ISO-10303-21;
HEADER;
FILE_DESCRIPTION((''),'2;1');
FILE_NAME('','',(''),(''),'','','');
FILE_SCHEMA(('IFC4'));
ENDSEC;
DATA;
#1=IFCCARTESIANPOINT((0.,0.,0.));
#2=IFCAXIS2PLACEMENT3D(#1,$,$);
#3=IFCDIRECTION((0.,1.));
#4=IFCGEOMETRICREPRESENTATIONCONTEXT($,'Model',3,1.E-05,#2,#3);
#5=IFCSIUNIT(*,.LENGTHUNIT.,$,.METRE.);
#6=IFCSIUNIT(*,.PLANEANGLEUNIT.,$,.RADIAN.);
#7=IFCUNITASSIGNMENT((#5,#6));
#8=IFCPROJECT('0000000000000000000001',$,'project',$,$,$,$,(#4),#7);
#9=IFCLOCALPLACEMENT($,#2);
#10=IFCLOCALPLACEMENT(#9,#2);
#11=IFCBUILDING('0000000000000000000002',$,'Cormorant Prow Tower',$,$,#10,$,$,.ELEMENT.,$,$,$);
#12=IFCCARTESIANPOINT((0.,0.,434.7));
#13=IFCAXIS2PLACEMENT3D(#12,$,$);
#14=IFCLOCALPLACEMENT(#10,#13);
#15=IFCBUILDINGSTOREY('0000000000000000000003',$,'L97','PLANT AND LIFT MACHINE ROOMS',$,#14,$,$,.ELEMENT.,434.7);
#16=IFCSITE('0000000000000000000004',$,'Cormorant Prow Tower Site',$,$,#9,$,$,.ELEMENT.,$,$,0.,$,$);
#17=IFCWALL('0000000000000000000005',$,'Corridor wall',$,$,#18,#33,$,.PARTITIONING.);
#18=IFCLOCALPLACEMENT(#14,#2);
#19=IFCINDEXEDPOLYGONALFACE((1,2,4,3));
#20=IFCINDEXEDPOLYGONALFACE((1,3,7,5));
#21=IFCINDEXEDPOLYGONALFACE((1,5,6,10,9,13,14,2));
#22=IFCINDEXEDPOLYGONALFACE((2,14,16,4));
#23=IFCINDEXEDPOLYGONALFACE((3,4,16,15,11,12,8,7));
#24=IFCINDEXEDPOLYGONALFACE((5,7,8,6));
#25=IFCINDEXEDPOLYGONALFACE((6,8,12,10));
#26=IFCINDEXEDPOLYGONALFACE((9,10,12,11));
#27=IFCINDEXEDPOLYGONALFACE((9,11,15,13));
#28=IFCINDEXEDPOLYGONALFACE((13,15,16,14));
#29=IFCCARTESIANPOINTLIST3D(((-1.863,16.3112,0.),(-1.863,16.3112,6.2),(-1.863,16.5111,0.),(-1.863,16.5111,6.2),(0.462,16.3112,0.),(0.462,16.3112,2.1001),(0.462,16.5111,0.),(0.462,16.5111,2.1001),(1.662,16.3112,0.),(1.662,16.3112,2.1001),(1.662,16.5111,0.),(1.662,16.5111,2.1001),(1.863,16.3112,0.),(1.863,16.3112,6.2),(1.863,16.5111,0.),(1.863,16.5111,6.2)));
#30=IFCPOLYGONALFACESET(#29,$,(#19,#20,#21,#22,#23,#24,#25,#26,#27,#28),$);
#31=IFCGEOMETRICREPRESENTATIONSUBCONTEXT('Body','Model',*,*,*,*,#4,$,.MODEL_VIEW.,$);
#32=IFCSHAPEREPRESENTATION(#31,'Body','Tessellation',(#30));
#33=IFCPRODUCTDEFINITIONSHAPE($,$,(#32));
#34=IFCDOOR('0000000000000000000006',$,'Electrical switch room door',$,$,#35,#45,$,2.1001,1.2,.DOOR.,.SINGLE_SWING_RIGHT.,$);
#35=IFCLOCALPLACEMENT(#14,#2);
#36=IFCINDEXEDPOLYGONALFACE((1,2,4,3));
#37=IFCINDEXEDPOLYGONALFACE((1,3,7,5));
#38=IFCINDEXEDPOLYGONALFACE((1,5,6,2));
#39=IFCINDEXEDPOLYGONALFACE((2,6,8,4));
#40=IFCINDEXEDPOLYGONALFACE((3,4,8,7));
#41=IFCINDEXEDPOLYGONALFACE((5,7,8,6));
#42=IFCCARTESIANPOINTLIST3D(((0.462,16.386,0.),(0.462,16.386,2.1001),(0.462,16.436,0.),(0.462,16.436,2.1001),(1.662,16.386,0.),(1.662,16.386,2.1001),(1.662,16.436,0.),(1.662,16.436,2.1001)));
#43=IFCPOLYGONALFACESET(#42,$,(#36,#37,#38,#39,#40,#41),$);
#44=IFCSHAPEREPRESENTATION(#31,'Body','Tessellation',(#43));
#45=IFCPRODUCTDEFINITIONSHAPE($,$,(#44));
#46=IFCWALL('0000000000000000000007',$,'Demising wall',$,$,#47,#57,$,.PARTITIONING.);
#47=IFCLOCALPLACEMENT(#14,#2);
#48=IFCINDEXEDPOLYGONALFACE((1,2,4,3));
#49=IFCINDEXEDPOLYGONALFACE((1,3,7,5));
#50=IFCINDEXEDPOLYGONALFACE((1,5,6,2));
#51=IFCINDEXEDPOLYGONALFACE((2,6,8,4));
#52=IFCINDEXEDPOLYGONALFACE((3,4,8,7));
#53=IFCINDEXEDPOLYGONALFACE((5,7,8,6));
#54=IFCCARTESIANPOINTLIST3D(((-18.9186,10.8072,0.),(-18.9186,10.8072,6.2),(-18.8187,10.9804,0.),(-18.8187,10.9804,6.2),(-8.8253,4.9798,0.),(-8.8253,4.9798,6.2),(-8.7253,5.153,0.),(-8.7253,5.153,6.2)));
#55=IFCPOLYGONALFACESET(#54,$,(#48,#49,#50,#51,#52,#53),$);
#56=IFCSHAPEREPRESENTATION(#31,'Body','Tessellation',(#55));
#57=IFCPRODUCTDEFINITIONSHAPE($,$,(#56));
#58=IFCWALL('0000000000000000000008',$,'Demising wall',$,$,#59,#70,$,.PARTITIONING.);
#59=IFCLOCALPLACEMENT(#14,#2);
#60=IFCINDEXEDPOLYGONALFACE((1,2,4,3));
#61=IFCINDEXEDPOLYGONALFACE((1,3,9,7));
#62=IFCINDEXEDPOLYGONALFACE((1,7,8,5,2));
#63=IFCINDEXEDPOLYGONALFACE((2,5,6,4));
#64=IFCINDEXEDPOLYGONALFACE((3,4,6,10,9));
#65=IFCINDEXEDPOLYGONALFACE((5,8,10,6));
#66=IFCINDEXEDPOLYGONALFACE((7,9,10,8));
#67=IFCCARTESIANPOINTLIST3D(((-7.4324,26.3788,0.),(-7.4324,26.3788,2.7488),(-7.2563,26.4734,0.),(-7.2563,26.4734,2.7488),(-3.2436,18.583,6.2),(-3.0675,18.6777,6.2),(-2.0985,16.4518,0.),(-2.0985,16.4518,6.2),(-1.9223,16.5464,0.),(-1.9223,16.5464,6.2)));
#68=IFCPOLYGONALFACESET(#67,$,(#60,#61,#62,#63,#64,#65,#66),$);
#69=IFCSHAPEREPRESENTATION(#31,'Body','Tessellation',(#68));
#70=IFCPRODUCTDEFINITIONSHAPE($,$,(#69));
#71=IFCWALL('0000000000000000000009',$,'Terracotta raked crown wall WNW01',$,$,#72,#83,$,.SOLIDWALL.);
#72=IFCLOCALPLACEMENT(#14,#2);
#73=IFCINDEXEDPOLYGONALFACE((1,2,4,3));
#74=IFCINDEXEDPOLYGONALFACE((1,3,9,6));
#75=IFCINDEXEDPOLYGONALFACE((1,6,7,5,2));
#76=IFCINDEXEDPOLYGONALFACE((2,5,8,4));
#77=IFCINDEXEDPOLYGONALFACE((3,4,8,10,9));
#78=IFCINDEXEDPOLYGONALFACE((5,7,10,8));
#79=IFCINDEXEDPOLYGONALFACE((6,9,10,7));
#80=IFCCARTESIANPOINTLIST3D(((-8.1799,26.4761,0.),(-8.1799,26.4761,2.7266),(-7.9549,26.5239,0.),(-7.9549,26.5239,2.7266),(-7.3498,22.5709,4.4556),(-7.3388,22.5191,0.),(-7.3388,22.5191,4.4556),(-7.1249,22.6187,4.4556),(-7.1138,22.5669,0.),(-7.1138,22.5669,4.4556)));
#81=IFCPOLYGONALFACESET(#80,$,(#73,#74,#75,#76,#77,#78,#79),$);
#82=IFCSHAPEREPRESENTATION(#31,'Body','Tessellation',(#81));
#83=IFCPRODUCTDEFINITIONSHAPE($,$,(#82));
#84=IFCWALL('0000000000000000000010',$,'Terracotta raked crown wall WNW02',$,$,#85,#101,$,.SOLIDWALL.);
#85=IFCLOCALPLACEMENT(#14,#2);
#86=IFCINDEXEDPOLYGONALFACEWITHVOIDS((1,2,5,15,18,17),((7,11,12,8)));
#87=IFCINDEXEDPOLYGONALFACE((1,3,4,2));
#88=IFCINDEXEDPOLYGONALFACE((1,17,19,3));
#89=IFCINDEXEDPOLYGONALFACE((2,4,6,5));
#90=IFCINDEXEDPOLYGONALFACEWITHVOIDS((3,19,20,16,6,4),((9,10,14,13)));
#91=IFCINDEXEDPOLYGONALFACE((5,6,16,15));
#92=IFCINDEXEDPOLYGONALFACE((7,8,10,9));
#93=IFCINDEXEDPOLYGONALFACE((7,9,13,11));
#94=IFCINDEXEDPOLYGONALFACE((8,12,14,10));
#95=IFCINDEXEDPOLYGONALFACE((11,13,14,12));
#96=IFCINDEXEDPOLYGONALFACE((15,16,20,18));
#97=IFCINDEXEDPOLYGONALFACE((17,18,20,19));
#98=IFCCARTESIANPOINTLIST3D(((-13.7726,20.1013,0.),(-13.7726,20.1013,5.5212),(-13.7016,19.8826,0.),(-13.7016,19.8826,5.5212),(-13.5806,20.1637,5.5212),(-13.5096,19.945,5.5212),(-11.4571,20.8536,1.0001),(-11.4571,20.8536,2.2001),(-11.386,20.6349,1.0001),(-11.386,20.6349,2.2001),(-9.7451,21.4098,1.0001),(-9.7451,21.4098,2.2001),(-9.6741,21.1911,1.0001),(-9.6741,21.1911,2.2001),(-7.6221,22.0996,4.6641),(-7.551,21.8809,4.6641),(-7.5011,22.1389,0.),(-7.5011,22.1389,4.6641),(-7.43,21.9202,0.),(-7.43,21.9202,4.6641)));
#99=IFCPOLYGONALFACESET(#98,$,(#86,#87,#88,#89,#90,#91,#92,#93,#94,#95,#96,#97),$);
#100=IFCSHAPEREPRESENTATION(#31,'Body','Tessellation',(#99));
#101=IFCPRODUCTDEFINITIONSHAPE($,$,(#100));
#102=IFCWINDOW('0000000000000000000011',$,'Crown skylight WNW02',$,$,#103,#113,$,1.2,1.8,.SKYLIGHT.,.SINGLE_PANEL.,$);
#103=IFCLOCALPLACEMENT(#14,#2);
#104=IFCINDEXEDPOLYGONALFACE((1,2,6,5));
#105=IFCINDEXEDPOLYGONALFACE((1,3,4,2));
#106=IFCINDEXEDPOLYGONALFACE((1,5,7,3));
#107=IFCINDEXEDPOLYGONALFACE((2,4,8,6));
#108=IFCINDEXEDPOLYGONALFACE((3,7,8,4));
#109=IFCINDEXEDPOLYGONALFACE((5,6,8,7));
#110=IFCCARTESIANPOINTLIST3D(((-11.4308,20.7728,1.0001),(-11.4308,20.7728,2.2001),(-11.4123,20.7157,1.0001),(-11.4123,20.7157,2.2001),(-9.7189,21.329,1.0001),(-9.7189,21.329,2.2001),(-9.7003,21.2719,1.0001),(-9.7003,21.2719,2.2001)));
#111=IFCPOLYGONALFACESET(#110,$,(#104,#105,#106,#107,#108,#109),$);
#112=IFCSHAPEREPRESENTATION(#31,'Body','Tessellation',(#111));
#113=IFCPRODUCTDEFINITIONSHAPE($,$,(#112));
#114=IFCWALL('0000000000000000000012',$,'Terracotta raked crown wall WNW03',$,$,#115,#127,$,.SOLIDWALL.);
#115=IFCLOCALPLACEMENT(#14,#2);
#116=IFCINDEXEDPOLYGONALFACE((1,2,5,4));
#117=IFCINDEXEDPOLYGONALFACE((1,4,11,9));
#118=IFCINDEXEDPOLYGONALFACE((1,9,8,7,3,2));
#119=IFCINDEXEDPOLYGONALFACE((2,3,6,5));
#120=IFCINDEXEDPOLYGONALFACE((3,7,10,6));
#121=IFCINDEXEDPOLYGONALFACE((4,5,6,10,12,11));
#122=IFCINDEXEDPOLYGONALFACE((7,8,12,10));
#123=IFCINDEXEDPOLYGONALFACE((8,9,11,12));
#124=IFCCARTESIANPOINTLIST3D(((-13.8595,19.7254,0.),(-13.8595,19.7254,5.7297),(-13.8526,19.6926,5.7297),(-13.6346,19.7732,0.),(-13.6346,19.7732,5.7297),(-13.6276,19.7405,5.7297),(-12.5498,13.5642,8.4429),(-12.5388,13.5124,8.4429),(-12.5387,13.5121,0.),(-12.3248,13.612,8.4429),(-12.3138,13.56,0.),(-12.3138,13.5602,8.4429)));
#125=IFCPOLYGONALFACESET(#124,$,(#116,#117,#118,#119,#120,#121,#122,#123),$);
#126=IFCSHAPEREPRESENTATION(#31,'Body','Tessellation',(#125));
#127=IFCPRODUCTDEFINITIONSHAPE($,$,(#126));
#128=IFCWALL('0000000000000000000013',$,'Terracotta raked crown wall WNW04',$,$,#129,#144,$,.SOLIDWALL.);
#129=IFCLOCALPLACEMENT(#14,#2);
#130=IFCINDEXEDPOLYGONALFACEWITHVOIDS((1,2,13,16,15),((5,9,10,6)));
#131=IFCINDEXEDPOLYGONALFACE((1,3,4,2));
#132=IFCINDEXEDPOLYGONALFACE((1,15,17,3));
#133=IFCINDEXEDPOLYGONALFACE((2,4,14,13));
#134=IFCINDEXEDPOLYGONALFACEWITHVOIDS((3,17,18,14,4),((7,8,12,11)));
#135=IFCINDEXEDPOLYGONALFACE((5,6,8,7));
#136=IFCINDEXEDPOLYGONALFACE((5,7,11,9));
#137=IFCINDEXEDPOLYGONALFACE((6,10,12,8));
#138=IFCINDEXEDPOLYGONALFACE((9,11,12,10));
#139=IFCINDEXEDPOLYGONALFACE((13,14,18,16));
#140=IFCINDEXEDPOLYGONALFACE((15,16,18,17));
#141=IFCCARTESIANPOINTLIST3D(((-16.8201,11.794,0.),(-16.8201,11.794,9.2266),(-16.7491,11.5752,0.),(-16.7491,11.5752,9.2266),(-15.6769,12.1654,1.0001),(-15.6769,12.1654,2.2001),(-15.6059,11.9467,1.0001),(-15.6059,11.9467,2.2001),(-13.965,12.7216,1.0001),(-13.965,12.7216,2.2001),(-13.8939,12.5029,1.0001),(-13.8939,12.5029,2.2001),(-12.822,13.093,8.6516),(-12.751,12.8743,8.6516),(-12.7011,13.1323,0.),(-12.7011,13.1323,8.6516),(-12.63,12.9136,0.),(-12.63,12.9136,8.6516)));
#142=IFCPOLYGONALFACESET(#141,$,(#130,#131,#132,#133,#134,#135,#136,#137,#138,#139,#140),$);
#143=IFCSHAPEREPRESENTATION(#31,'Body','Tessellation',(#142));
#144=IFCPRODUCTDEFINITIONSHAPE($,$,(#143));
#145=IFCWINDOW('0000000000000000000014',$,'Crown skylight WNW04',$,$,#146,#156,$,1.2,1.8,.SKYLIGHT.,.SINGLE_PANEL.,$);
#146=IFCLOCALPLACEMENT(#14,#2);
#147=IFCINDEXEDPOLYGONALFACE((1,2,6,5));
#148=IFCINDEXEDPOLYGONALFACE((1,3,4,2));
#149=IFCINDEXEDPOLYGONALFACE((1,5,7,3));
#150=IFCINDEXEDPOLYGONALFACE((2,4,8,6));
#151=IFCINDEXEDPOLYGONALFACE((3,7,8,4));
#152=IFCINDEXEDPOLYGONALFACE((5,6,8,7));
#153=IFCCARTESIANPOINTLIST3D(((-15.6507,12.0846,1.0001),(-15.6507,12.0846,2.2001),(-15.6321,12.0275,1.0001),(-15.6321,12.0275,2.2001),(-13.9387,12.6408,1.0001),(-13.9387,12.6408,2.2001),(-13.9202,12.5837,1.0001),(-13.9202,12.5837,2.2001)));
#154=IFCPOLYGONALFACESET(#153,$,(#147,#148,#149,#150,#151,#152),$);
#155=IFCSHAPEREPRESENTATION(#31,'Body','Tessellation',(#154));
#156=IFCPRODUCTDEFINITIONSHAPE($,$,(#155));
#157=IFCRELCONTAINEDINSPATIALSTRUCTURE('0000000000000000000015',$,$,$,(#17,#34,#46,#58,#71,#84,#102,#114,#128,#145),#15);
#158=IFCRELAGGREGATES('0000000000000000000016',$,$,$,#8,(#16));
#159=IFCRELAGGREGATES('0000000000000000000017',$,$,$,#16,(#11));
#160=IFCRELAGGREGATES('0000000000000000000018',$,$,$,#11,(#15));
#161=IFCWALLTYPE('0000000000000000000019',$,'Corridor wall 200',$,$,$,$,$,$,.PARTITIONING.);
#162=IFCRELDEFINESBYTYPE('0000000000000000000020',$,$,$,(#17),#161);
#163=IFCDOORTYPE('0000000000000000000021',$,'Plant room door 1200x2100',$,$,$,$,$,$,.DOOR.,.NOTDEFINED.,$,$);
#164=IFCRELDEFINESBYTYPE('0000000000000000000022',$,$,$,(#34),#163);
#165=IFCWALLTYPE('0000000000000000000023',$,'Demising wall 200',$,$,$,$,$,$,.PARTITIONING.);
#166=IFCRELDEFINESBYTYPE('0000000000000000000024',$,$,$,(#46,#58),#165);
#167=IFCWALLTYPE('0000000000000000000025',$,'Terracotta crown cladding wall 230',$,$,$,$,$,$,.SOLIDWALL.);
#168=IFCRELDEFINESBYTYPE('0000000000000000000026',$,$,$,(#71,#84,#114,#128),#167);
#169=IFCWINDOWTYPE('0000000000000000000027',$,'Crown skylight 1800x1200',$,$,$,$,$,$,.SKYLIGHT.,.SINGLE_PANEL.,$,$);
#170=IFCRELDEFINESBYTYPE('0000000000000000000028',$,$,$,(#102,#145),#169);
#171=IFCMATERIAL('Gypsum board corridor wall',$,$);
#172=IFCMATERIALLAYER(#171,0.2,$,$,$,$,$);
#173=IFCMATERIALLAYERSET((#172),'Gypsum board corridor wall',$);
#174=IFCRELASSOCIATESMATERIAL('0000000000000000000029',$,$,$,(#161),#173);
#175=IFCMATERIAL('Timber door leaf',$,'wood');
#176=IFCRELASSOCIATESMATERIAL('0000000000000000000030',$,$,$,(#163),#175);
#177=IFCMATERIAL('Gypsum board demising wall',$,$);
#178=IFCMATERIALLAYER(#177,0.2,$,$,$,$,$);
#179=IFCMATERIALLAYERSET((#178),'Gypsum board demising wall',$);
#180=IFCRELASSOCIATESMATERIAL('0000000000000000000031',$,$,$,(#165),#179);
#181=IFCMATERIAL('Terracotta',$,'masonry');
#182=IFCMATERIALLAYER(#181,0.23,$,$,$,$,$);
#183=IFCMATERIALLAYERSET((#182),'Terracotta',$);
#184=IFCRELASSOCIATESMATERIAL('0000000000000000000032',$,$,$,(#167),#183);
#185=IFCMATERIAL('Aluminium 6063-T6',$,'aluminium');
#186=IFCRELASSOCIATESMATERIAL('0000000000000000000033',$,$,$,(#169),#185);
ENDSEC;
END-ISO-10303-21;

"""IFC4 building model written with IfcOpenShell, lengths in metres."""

from ifc_helpers import new_model, si_unit, direction, frame, frame_2d, origin, place, context, subcontext, project, spatial, polyline, rectangle, outline, extrude, material, layer, layer_set, type_object, element, fill, save


model = new_model("IFC4")

# Units and contexts
model_context = context("Model", 3, precision=1e-05, world=origin(), true_north=direction((0.0, 1.0)))
body_context = subcontext(model_context, "Body", "Model", "MODEL_VIEW")
ifc_project = project(units=[si_unit("LENGTHUNIT", "METRE"), si_unit("PLANEANGLEUNIT", "RADIAN")], contexts=[model_context])

# Site, building, storey
site_placement = place(None, origin())
site = spatial("IfcSite", under=ifc_project, at=site_placement, Name="Cormorant Prow Tower Site", CompositionType="ELEMENT", RefElevation=0.0)
building_placement = place(site_placement, origin())
building = spatial("IfcBuilding", under=site, at=building_placement, Name="Cormorant Prow Tower", CompositionType="ELEMENT")
storey_placement = place(building_placement, frame((0.0, 0.0, 434.7)))
storey = spatial("IfcBuildingStorey", under=building, at=storey_placement, Name="L97", Description="PLANT AND LIFT MACHINE ROOMS", CompositionType="ELEMENT", Elevation=434.7)

# Shared definitions
ifc_material_1 = material(Name="Gypsum board corridor wall")
ifc_layer_1 = layer(ifc_material_1, 0.2)
ifc_layer_set_1 = layer_set([ifc_layer_1], Name="Gypsum board corridor wall")
wall_type_1 = type_object("IfcWallType", Name="Corridor wall 200", PredefinedType="PARTITIONING", material=ifc_layer_set_1)

# Wall, opening, door
wall_1_placement = place(storey_placement, frame((-1.863, 16.4111, 0.0), z_axis=(0.0, 0.0, 1.0), x_axis=(1.0, 0.0, 0.0)))
wall_1 = element("IfcWall", 1, at=wall_1_placement, inside=storey, type_object=wall_type_1, Name="Corridor wall", PredefinedType="PARTITIONING", context=body_context, shape_type="SweptSolid", body=[
    extrude(rectangle(XDim=3.7261, YDim=0.2, at=frame_2d((1.863, 0.0))), origin(), (0.0, 0.0, 1.0), 6.2),
])
opening_1_placement = place(wall_1_placement, frame((2.325, 0.0, 0.0)))
opening_1 = element("IfcOpeningElement", 2, at=opening_1_placement, cuts=wall_1, PredefinedType="OPENING", context=body_context, shape_type="SweptSolid", body=[
    extrude(rectangle(XDim=1.2, YDim=2.1001, at=frame_2d((0.6001, 1.05))), frame((0.0, 0.1099, 0.0), z_axis=(0.0, -1.0, 0.0), x_axis=(1.0, 0.0, 0.0)), (0.0, 0.0, 1.0), 0.22),
])
ifc_material_2 = material(Name="Timber door leaf", Category="wood")
door_type = type_object("IfcDoorType", Name="Plant room door 1200x2100", OperationType="NOTDEFINED", PredefinedType="DOOR", material=ifc_material_2)
door_placement = place(opening_1_placement, origin())
door = element("IfcDoor", 3, at=door_placement, inside=storey, type_object=door_type, Name="Electrical switch room door", OperationType="SINGLE_SWING_RIGHT", OverallHeight=2.1001, OverallWidth=1.2, PredefinedType="DOOR", context=body_context, shape_type="SweptSolid", body=[
    extrude(rectangle(XDim=1.2, YDim=2.1001, at=frame_2d((0.6001, 1.05))), frame((0.0, 0.0249, 0.0), z_axis=(0.0, -1.0, 0.0), x_axis=(1.0, 0.0, 0.0)), (0.0, 0.0, 1.0), 0.05),
])
fill(opening_1, door)

# Walls
ifc_material_3 = material(Name="Gypsum board demising wall")
ifc_layer_2 = layer(ifc_material_3, 0.2)
ifc_layer_set_2 = layer_set([ifc_layer_2], Name="Gypsum board demising wall")
wall_type_2 = type_object("IfcWallType", Name="Demising wall 200", PredefinedType="PARTITIONING", material=ifc_layer_set_2)
wall_2_placement = place(storey_placement, frame((-18.8687, 10.8938, 0.0), z_axis=(0.0, 0.0, 1.0), x_axis=(0.866024, -0.500003, 0.0)))
element("IfcWall", 4, at=wall_2_placement, inside=storey, type_object=wall_type_2, Name="Demising wall", PredefinedType="PARTITIONING", context=body_context, shape_type="SweptSolid", body=[
    extrude(rectangle(XDim=11.6548, YDim=0.2, at=frame_2d((5.8274, 0.0))), origin(), (0.0, 0.0, 1.0), 6.2),
])
wall_3_placement = place(storey_placement, frame((-7.3445, 26.426, 0.0), z_axis=(0.0, 0.0, 1.0), x_axis=(0.473321, -0.88089, 0.0)))
element("IfcWall", 5, at=wall_3_placement, inside=storey, type_object=wall_type_2, Name="Demising wall", PredefinedType="PARTITIONING", context=body_context, shape_type="SweptSolid", body=[
    extrude(outline(polyline([(0.0, 0.0), (11.2693, 0.0), (11.2693, 6.2), (8.8499, 6.2), (0.0, 2.7488), (0.0, 0.0)])), frame((0.0, 0.1001, 0.0), z_axis=(0.0, -1.0, 0.0), x_axis=(1.0, 0.0, 0.0)), (0.0, 0.0, 1.0), 0.2),
])
ifc_material_4 = material(Name="Terracotta", Category="masonry")
ifc_layer_3 = layer(ifc_material_4, 0.23)
ifc_layer_set_3 = layer_set([ifc_layer_3], Name="Terracotta")
wall_type_3 = type_object("IfcWallType", Name="Terracotta crown cladding wall 230", PredefinedType="SOLIDWALL", material=ifc_layer_set_3)
wall_4_placement = place(storey_placement, frame((-8.0674, 26.5, 0.0), z_axis=(0.0, 0.0, 1.0), x_axis=(0.207905, -0.978149, 0.0)))
element("IfcWall", 6, at=wall_4_placement, inside=storey, type_object=wall_type_3, Name="Terracotta raked crown wall WNW01", PredefinedType="SOLIDWALL", context=body_context, shape_type="SweptSolid", body=[
    extrude(outline(polyline([(0.0, 0.0), (4.0454, 0.0), (4.0454, 4.4556), (3.9924, 4.4556), (0.0, 2.7266), (0.0, 0.0)])), frame((0.0, 0.115, 0.0), z_axis=(0.0, -1.0, 0.0), x_axis=(1.0, 0.0, 0.0)), (0.0, 0.0, 1.0), 0.23),
])

# Wall, opening, window
wall_5_placement = place(storey_placement, frame((-7.4656, 22.0295, 0.0), z_axis=(0.0, 0.0, 1.0), x_axis=(-0.951062, -0.308999, 0.0)))
wall_5 = element("IfcWall", 7, at=wall_5_placement, inside=storey, type_object=wall_type_3, Name="Terracotta raked crown wall WNW02", PredefinedType="SOLIDWALL", context=body_context, shape_type="SweptSolid", body=[
    extrude(outline(polyline([(0.0, 0.0), (6.5942, 0.0), (6.5942, 5.5212), (6.3923, 5.5212), (0.1272, 4.6641), (0.0, 4.6641), (0.0, 0.0)])), frame((0.0, 0.115, 0.0), z_axis=(0.0, -1.0, 0.0), x_axis=(1.0, 0.0, 0.0)), (0.0, 0.0, 1.0), 0.23),
])
opening_2_placement = place(wall_5_placement, frame((2.3596, 0.0, 1.0)))
opening_2 = element("IfcOpeningElement", 8, at=opening_2_placement, cuts=wall_5, PredefinedType="OPENING", context=body_context, shape_type="SweptSolid", body=[
    extrude(rectangle(XDim=1.8, YDim=1.2, at=frame_2d((0.8999, 0.6001))), frame((0.0, 0.125, 0.0), z_axis=(0.0, -1.0, 0.0), x_axis=(1.0, 0.0, 0.0)), (0.0, 0.0, 1.0), 0.25),
])
ifc_material_5 = material(Name="Aluminium 6063-T6", Category="aluminium")
window_type = type_object("IfcWindowType", Name="Crown skylight 1800x1200", PartitioningType="SINGLE_PANEL", PredefinedType="SKYLIGHT", material=ifc_material_5)
window_1_placement = place(opening_2_placement, origin())
window_1 = element("IfcWindow", 9, at=window_1_placement, inside=storey, type_object=window_type, Name="Crown skylight WNW02", OverallHeight=1.2, OverallWidth=1.8, PartitioningType="SINGLE_PANEL", PredefinedType="SKYLIGHT", context=body_context, shape_type="SweptSolid", body=[
    extrude(rectangle(XDim=1.8, YDim=1.2, at=frame_2d((0.8999, 0.6001))), frame((0.0, 0.03, 0.0), z_axis=(0.0, -1.0, 0.0), x_axis=(1.0, 0.0, 0.0)), (0.0, 0.0, 1.0), 0.0601),
])
fill(opening_2, window_1)

# Wall
wall_6_placement = place(storey_placement, frame((-13.7471, 19.7493, 0.0), z_axis=(0.0, 0.0, 1.0), x_axis=(0.207936, -0.978143, 0.0)))
element("IfcWall", 10, at=wall_6_placement, inside=storey, type_object=wall_type_3, Name="Terracotta raked crown wall WNW03", PredefinedType="SOLIDWALL", context=body_context, shape_type="SweptSolid", body=[
    extrude(outline(polyline([(0.0, 0.0), (6.3521, 0.0), (6.3518, 8.4429), (6.2988, 8.4429), (0.0334, 5.7297), (0.0, 5.7297), (0.0, 0.0)])), frame((0.0, 0.115, 0.0), z_axis=(0.0, -1.0, 0.0), x_axis=(1.0, 0.0, 0.0)), (0.0, 0.0, 1.0), 0.23),
])

# Wall, opening, window
wall_7_placement = place(storey_placement, frame((-12.6655, 13.0229, 0.0), z_axis=(0.0, 0.0, 1.0), x_axis=(-0.951057, -0.309015, 0.0)))
wall_7 = element("IfcWall", 11, at=wall_7_placement, inside=storey, type_object=wall_type_3, Name="Terracotta raked crown wall WNW04", PredefinedType="SOLIDWALL", context=body_context, shape_type="SweptSolid", body=[
    extrude(outline(polyline([(0.0, 0.0), (4.3311, 0.0), (4.3311, 9.2266), (0.1272, 8.6516), (0.0, 8.6516), (0.0, 0.0)])), frame((0.0, 0.115, 0.0), z_axis=(0.0, -1.0, 0.0), x_axis=(1.0, 0.0, 0.0)), (0.0, 0.0, 1.0), 0.23),
])
opening_3_placement = place(wall_7_placement, frame((1.3291, 0.0, 1.0)))
opening_3 = element("IfcOpeningElement", 12, at=opening_3_placement, cuts=wall_7, PredefinedType="OPENING", context=body_context, shape_type="SweptSolid", body=[
    extrude(rectangle(XDim=1.8, YDim=1.2, at=frame_2d((0.8999, 0.6001))), frame((0.0, 0.125, 0.0), z_axis=(0.0, -1.0, 0.0), x_axis=(1.0, 0.0, 0.0)), (0.0, 0.0, 1.0), 0.25),
])
window_2_placement = place(opening_3_placement, origin())
window_2 = element("IfcWindow", 13, at=window_2_placement, inside=storey, type_object=window_type, Name="Crown skylight WNW04", OverallHeight=1.2, OverallWidth=1.8, PartitioningType="SINGLE_PANEL", PredefinedType="SKYLIGHT", context=body_context, shape_type="SweptSolid", body=[
    extrude(rectangle(XDim=1.8, YDim=1.2, at=frame_2d((0.8999, 0.6001))), frame((0.0, 0.03, 0.0), z_axis=(0.0, -1.0, 0.0), x_axis=(1.0, 0.0, 0.0)), (0.0, 0.0, 1.0), 0.0601),
])
fill(opening_3, window_2)

save(model, "model.ifc")
